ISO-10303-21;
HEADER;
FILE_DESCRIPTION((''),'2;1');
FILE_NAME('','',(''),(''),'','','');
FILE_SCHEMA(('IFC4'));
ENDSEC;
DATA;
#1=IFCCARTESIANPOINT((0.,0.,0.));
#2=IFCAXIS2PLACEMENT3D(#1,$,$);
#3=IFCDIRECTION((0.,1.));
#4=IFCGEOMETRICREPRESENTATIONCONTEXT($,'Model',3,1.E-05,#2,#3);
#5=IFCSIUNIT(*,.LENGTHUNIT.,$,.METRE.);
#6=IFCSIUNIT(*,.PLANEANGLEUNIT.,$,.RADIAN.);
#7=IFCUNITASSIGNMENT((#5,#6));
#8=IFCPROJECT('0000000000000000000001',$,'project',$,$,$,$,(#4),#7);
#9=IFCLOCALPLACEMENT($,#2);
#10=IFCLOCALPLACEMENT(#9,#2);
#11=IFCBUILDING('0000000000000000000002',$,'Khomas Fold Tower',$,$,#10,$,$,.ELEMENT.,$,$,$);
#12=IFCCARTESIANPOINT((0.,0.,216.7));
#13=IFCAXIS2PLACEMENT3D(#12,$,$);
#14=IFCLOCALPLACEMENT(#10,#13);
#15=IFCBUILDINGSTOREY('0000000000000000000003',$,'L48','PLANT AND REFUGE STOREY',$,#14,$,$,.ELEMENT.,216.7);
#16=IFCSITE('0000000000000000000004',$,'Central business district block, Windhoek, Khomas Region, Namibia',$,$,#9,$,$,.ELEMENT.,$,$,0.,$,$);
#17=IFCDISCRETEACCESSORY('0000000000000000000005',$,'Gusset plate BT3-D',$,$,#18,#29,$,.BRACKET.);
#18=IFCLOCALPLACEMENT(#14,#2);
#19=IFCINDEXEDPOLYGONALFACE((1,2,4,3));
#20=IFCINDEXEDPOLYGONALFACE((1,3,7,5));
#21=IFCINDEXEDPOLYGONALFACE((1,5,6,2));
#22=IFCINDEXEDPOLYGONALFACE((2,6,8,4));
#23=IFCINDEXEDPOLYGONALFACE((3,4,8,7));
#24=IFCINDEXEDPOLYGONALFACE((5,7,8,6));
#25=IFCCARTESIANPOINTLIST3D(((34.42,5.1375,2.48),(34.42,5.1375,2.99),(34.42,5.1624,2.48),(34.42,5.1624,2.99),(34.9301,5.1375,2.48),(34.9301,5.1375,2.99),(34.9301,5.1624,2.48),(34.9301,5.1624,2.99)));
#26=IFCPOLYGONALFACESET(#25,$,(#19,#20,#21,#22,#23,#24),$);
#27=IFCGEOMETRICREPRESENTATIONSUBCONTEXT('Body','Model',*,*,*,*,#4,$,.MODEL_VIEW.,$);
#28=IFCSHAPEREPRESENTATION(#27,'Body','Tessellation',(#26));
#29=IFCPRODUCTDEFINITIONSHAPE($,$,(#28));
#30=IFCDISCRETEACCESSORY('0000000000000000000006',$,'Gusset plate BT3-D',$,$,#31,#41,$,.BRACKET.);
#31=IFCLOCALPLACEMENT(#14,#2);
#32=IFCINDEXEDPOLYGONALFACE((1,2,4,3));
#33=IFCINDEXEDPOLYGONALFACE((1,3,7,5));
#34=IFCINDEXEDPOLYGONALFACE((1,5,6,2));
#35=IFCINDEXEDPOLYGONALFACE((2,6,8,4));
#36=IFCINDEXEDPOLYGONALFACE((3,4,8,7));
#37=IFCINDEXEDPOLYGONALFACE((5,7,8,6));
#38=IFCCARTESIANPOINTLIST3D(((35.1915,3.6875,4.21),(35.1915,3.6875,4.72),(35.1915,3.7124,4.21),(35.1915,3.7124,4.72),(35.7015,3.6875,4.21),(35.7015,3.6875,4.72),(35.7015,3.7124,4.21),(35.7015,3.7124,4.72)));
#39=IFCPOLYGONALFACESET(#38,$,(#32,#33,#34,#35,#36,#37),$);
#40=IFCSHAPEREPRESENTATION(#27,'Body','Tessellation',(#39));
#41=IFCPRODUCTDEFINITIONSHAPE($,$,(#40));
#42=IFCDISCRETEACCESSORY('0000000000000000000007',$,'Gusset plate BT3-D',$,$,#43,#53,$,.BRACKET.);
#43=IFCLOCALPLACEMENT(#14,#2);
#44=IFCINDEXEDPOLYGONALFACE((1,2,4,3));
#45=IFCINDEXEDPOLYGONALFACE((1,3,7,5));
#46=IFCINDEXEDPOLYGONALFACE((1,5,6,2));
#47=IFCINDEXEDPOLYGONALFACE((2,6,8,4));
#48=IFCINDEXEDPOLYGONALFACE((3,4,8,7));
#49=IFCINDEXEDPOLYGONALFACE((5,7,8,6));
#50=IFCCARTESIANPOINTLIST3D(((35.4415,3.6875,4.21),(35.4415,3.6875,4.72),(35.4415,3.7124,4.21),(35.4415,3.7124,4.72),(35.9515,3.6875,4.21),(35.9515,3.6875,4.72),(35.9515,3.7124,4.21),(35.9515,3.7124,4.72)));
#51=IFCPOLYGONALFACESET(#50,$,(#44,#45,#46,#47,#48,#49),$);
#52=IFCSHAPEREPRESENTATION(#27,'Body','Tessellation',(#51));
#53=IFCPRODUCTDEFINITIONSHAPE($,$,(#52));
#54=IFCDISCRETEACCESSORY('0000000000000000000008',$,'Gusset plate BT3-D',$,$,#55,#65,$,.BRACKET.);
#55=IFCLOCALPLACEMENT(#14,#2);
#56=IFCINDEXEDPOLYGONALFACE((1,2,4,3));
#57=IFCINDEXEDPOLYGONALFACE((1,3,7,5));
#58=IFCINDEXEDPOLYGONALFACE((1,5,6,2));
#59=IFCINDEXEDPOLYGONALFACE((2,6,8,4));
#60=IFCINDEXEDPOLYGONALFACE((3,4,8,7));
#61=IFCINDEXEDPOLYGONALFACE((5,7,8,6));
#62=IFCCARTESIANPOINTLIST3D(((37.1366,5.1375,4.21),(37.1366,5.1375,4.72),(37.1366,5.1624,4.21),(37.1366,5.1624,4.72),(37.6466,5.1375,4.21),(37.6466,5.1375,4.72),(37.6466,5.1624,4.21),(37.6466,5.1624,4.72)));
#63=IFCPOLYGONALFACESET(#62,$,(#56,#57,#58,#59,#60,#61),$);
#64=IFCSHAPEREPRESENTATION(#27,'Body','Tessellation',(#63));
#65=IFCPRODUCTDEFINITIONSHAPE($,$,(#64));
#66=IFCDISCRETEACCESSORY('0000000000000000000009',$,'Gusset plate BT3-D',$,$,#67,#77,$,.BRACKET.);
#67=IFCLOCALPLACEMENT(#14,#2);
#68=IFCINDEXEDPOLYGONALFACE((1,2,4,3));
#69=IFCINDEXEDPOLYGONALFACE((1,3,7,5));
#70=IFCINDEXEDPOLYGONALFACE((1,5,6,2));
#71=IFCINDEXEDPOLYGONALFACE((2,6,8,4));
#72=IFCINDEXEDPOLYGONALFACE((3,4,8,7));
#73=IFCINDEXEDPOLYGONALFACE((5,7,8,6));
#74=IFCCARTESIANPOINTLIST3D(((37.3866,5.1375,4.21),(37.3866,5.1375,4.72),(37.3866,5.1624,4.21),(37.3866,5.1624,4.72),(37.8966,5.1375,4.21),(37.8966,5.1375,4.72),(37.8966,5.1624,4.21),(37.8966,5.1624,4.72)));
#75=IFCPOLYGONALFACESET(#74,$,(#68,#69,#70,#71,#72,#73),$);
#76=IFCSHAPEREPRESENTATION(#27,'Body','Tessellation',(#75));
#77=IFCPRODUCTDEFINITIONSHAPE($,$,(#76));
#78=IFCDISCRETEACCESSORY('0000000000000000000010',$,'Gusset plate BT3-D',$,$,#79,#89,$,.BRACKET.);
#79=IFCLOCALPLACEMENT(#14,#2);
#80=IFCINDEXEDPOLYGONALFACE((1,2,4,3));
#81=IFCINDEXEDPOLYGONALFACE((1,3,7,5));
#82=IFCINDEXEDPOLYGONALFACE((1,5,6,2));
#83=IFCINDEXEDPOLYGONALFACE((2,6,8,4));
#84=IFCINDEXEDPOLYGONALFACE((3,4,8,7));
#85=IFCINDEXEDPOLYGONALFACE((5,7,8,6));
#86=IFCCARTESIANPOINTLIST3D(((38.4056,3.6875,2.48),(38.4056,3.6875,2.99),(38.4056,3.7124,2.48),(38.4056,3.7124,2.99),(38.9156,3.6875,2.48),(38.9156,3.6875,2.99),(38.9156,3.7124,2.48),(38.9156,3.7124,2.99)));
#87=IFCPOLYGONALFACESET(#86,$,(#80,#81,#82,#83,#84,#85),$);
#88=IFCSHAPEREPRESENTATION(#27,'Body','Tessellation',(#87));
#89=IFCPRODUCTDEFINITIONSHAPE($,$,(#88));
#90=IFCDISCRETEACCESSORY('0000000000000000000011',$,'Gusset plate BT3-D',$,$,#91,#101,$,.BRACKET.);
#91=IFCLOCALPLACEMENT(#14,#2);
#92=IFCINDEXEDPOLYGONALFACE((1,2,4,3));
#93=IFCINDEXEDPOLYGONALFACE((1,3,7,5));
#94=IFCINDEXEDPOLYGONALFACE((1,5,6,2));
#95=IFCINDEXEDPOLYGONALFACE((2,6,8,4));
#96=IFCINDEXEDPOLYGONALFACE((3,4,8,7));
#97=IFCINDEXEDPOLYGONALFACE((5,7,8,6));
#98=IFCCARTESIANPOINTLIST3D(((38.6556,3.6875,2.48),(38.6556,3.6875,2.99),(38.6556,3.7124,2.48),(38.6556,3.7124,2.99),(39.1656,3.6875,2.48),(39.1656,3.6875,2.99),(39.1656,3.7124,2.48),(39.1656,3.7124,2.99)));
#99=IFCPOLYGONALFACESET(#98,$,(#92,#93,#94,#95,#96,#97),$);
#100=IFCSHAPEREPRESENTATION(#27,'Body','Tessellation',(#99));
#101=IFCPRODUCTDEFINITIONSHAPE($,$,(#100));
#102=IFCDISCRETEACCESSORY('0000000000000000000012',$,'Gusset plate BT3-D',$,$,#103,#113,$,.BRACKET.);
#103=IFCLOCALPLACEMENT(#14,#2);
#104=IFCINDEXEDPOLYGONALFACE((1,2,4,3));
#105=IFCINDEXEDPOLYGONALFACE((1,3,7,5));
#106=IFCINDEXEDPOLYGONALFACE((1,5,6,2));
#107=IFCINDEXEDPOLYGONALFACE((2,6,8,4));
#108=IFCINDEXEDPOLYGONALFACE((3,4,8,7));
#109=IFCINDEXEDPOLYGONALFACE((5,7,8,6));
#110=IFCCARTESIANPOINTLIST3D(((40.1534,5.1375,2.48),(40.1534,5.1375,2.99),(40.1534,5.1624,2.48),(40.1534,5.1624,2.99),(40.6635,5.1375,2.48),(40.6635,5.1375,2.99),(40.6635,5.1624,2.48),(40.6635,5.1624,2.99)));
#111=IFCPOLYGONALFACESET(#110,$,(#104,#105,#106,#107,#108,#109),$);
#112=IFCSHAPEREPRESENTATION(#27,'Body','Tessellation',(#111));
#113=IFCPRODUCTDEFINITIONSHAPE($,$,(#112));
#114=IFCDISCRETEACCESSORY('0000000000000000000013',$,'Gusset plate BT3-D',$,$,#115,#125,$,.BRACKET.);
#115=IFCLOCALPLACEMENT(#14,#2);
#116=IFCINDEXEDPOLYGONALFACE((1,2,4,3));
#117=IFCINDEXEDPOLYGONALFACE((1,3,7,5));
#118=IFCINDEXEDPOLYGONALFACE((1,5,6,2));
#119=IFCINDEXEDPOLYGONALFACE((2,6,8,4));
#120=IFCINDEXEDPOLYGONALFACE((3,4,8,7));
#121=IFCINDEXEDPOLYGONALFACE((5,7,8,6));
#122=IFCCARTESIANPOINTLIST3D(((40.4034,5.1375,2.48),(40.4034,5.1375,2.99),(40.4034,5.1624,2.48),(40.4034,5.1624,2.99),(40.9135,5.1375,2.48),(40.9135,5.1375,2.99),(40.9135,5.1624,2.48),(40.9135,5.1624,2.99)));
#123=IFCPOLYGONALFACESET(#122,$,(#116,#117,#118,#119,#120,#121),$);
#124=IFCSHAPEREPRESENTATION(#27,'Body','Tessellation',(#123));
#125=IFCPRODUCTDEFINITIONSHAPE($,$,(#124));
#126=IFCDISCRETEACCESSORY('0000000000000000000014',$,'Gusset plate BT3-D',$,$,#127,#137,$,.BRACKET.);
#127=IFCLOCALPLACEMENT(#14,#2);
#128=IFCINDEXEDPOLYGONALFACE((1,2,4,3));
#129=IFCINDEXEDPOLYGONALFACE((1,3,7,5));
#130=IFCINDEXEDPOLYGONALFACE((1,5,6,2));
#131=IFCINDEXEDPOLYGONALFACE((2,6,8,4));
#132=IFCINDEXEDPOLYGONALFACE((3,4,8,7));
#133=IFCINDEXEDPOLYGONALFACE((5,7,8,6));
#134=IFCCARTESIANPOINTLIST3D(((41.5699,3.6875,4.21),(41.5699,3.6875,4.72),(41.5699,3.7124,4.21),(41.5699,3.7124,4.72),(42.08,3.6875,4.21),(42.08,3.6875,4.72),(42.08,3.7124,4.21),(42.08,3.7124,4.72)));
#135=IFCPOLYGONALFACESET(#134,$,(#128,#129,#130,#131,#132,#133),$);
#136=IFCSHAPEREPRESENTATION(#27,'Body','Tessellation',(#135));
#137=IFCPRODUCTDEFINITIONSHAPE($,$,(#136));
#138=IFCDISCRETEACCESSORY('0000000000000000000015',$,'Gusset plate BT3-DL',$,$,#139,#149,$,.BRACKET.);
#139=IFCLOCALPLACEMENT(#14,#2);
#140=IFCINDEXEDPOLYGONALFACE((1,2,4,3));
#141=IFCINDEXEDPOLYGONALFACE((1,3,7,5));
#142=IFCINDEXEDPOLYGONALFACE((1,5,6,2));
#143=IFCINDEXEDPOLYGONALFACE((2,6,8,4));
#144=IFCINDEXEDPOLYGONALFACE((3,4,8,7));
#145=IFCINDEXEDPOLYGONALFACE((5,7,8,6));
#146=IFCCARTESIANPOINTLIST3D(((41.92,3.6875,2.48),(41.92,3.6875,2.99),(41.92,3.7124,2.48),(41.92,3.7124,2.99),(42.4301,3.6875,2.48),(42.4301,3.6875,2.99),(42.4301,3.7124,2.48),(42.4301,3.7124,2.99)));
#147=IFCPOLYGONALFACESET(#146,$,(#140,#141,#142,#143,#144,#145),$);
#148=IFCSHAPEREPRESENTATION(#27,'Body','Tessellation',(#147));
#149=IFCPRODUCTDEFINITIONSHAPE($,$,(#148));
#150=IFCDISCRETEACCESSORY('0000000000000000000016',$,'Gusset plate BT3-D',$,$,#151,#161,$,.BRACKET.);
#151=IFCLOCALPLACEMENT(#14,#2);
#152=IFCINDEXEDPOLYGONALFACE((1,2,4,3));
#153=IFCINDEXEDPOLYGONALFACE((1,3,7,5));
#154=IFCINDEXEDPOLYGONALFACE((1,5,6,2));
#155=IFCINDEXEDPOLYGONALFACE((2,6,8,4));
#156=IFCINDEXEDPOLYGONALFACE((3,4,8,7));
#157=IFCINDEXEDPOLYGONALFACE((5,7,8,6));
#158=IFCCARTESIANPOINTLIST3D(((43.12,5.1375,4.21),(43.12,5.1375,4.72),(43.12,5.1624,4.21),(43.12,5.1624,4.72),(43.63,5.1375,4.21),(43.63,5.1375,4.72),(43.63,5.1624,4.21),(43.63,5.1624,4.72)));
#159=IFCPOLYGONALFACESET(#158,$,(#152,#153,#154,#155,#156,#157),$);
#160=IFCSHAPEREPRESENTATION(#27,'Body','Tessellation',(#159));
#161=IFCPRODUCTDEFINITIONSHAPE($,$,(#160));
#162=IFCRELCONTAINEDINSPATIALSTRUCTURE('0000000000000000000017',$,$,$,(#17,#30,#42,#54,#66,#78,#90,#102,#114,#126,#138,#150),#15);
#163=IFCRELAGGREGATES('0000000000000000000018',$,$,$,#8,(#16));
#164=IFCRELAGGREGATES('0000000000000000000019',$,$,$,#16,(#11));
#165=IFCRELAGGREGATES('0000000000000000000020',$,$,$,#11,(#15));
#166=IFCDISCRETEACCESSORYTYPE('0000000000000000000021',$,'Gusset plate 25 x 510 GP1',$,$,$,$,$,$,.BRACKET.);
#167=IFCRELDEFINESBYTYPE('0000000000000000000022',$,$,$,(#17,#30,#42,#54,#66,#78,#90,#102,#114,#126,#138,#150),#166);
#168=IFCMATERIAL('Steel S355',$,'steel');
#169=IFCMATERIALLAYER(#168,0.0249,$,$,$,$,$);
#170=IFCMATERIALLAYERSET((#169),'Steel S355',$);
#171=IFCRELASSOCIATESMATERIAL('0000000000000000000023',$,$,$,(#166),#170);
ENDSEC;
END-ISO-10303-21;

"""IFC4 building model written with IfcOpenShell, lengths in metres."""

from ifc_helpers import new_model, si_unit, direction, frame, origin, origin_2d, place, context, subcontext, project, spatial, rectangle, extrude, source, transform, mapped, material, layer, layer_set, type_object, element, save


model = new_model("IFC4")

# Units and contexts
model_context = context("Model", 3, precision=1e-05, world=origin(), true_north=direction((0.0, 1.0)))
body_context = subcontext(model_context, "Body", "Model", "MODEL_VIEW")
ifc_project = project(units=[si_unit("LENGTHUNIT", "METRE"), si_unit("PLANEANGLEUNIT", "RADIAN")], contexts=[model_context])

# Site, building, storey
site_placement = place(None, origin())
site = spatial("IfcSite", under=ifc_project, at=site_placement, Name="Central business district block, Windhoek, Khomas Region, Namibia", CompositionType="ELEMENT", RefElevation=0.0)
building_placement = place(site_placement, origin())
building = spatial("IfcBuilding", under=site, at=building_placement, Name="Khomas Fold Tower", CompositionType="ELEMENT")
storey_placement = place(building_placement, frame((0.0, 0.0, 216.7)))
storey = spatial("IfcBuildingStorey", under=building, at=storey_placement, Name="L48", Description="PLANT AND REFUGE STOREY", CompositionType="ELEMENT", Elevation=216.7)

# Discrete accessories
ifc_material_1 = material(Name="Steel S355", Category="steel")
ifc_layer = layer(ifc_material_1, 0.0249)
ifc_layer_set = layer_set([ifc_layer], Name="Steel S355")
discrete_accessory_type = type_object("IfcDiscreteAccessoryType", Name="Gusset plate 25 x 510 GP1", PredefinedType="BRACKET", material=ifc_layer_set)
shared_shape_1 = source(origin(), body_context, "Body", "SweptSolid", [
    extrude(rectangle(XDim=0.51, YDim=0.0249, at=origin_2d()), origin(), (0.0, 0.0, 1.0), 0.51),
])
for number, where, z_axis, x_axis, name in (
    (1, (34.675, 5.1499, 2.48), (0.0, 0.0, 1.0), (1.0, 0.0, 0.0), "Gusset plate BT3-D"),
    (2, (35.4465, 3.7, 4.21), (0.0, 0.0, 1.0), (1.0, 0.0, 0.0), "Gusset plate BT3-D"),
    (3, (35.6965, 3.7, 4.21), (0.0, 0.0, 1.0), (1.0, 0.0, 0.0), "Gusset plate BT3-D"),
    (4, (37.3916, 5.1499, 4.21), (0.0, 0.0, 1.0), (1.0, 0.0, 0.0), "Gusset plate BT3-D"),
    (5, (37.6416, 5.1499, 4.21), (0.0, 0.0, 1.0), (1.0, 0.0, 0.0), "Gusset plate BT3-D"),
    (6, (38.6606, 3.7, 2.48), (0.0, 0.0, 1.0), (1.0, 0.0, 0.0), "Gusset plate BT3-D"),
    (7, (38.9106, 3.7, 2.48), (0.0, 0.0, 1.0), (1.0, 0.0, 0.0), "Gusset plate BT3-D"),
    (8, (40.4084, 5.1499, 2.48), (0.0, 0.0, 1.0), (1.0, 0.0, 0.0), "Gusset plate BT3-D"),
    (9, (40.6584, 5.1499, 2.48), (0.0, 0.0, 1.0), (1.0, 0.0, 0.0), "Gusset plate BT3-D"),
    (10, (41.825, 3.7, 4.21), (0.0, 0.0, 1.0), (1.0, 0.0, 0.0), "Gusset plate BT3-D"),
    (11, (42.175, 3.7, 2.48), (0.0, 0.0, 1.0), (1.0, 0.0, 0.0), "Gusset plate BT3-DL"),
    (12, (43.375, 5.1499, 4.21), (0.0, 0.0, 1.0), (1.0, 0.0, 0.0), "Gusset plate BT3-D"),
):
    element("IfcDiscreteAccessory", number, at=place(storey_placement, frame(where, z_axis=z_axis, x_axis=x_axis)), inside=storey, type_object=discrete_accessory_type, Name=name, PredefinedType="BRACKET", context=body_context, shape_type="MappedRepresentation", body=[
        mapped(shared_shape_1, transform((0.0, 0.0, 0.0))),
    ])

save(model, "model.ifc")
